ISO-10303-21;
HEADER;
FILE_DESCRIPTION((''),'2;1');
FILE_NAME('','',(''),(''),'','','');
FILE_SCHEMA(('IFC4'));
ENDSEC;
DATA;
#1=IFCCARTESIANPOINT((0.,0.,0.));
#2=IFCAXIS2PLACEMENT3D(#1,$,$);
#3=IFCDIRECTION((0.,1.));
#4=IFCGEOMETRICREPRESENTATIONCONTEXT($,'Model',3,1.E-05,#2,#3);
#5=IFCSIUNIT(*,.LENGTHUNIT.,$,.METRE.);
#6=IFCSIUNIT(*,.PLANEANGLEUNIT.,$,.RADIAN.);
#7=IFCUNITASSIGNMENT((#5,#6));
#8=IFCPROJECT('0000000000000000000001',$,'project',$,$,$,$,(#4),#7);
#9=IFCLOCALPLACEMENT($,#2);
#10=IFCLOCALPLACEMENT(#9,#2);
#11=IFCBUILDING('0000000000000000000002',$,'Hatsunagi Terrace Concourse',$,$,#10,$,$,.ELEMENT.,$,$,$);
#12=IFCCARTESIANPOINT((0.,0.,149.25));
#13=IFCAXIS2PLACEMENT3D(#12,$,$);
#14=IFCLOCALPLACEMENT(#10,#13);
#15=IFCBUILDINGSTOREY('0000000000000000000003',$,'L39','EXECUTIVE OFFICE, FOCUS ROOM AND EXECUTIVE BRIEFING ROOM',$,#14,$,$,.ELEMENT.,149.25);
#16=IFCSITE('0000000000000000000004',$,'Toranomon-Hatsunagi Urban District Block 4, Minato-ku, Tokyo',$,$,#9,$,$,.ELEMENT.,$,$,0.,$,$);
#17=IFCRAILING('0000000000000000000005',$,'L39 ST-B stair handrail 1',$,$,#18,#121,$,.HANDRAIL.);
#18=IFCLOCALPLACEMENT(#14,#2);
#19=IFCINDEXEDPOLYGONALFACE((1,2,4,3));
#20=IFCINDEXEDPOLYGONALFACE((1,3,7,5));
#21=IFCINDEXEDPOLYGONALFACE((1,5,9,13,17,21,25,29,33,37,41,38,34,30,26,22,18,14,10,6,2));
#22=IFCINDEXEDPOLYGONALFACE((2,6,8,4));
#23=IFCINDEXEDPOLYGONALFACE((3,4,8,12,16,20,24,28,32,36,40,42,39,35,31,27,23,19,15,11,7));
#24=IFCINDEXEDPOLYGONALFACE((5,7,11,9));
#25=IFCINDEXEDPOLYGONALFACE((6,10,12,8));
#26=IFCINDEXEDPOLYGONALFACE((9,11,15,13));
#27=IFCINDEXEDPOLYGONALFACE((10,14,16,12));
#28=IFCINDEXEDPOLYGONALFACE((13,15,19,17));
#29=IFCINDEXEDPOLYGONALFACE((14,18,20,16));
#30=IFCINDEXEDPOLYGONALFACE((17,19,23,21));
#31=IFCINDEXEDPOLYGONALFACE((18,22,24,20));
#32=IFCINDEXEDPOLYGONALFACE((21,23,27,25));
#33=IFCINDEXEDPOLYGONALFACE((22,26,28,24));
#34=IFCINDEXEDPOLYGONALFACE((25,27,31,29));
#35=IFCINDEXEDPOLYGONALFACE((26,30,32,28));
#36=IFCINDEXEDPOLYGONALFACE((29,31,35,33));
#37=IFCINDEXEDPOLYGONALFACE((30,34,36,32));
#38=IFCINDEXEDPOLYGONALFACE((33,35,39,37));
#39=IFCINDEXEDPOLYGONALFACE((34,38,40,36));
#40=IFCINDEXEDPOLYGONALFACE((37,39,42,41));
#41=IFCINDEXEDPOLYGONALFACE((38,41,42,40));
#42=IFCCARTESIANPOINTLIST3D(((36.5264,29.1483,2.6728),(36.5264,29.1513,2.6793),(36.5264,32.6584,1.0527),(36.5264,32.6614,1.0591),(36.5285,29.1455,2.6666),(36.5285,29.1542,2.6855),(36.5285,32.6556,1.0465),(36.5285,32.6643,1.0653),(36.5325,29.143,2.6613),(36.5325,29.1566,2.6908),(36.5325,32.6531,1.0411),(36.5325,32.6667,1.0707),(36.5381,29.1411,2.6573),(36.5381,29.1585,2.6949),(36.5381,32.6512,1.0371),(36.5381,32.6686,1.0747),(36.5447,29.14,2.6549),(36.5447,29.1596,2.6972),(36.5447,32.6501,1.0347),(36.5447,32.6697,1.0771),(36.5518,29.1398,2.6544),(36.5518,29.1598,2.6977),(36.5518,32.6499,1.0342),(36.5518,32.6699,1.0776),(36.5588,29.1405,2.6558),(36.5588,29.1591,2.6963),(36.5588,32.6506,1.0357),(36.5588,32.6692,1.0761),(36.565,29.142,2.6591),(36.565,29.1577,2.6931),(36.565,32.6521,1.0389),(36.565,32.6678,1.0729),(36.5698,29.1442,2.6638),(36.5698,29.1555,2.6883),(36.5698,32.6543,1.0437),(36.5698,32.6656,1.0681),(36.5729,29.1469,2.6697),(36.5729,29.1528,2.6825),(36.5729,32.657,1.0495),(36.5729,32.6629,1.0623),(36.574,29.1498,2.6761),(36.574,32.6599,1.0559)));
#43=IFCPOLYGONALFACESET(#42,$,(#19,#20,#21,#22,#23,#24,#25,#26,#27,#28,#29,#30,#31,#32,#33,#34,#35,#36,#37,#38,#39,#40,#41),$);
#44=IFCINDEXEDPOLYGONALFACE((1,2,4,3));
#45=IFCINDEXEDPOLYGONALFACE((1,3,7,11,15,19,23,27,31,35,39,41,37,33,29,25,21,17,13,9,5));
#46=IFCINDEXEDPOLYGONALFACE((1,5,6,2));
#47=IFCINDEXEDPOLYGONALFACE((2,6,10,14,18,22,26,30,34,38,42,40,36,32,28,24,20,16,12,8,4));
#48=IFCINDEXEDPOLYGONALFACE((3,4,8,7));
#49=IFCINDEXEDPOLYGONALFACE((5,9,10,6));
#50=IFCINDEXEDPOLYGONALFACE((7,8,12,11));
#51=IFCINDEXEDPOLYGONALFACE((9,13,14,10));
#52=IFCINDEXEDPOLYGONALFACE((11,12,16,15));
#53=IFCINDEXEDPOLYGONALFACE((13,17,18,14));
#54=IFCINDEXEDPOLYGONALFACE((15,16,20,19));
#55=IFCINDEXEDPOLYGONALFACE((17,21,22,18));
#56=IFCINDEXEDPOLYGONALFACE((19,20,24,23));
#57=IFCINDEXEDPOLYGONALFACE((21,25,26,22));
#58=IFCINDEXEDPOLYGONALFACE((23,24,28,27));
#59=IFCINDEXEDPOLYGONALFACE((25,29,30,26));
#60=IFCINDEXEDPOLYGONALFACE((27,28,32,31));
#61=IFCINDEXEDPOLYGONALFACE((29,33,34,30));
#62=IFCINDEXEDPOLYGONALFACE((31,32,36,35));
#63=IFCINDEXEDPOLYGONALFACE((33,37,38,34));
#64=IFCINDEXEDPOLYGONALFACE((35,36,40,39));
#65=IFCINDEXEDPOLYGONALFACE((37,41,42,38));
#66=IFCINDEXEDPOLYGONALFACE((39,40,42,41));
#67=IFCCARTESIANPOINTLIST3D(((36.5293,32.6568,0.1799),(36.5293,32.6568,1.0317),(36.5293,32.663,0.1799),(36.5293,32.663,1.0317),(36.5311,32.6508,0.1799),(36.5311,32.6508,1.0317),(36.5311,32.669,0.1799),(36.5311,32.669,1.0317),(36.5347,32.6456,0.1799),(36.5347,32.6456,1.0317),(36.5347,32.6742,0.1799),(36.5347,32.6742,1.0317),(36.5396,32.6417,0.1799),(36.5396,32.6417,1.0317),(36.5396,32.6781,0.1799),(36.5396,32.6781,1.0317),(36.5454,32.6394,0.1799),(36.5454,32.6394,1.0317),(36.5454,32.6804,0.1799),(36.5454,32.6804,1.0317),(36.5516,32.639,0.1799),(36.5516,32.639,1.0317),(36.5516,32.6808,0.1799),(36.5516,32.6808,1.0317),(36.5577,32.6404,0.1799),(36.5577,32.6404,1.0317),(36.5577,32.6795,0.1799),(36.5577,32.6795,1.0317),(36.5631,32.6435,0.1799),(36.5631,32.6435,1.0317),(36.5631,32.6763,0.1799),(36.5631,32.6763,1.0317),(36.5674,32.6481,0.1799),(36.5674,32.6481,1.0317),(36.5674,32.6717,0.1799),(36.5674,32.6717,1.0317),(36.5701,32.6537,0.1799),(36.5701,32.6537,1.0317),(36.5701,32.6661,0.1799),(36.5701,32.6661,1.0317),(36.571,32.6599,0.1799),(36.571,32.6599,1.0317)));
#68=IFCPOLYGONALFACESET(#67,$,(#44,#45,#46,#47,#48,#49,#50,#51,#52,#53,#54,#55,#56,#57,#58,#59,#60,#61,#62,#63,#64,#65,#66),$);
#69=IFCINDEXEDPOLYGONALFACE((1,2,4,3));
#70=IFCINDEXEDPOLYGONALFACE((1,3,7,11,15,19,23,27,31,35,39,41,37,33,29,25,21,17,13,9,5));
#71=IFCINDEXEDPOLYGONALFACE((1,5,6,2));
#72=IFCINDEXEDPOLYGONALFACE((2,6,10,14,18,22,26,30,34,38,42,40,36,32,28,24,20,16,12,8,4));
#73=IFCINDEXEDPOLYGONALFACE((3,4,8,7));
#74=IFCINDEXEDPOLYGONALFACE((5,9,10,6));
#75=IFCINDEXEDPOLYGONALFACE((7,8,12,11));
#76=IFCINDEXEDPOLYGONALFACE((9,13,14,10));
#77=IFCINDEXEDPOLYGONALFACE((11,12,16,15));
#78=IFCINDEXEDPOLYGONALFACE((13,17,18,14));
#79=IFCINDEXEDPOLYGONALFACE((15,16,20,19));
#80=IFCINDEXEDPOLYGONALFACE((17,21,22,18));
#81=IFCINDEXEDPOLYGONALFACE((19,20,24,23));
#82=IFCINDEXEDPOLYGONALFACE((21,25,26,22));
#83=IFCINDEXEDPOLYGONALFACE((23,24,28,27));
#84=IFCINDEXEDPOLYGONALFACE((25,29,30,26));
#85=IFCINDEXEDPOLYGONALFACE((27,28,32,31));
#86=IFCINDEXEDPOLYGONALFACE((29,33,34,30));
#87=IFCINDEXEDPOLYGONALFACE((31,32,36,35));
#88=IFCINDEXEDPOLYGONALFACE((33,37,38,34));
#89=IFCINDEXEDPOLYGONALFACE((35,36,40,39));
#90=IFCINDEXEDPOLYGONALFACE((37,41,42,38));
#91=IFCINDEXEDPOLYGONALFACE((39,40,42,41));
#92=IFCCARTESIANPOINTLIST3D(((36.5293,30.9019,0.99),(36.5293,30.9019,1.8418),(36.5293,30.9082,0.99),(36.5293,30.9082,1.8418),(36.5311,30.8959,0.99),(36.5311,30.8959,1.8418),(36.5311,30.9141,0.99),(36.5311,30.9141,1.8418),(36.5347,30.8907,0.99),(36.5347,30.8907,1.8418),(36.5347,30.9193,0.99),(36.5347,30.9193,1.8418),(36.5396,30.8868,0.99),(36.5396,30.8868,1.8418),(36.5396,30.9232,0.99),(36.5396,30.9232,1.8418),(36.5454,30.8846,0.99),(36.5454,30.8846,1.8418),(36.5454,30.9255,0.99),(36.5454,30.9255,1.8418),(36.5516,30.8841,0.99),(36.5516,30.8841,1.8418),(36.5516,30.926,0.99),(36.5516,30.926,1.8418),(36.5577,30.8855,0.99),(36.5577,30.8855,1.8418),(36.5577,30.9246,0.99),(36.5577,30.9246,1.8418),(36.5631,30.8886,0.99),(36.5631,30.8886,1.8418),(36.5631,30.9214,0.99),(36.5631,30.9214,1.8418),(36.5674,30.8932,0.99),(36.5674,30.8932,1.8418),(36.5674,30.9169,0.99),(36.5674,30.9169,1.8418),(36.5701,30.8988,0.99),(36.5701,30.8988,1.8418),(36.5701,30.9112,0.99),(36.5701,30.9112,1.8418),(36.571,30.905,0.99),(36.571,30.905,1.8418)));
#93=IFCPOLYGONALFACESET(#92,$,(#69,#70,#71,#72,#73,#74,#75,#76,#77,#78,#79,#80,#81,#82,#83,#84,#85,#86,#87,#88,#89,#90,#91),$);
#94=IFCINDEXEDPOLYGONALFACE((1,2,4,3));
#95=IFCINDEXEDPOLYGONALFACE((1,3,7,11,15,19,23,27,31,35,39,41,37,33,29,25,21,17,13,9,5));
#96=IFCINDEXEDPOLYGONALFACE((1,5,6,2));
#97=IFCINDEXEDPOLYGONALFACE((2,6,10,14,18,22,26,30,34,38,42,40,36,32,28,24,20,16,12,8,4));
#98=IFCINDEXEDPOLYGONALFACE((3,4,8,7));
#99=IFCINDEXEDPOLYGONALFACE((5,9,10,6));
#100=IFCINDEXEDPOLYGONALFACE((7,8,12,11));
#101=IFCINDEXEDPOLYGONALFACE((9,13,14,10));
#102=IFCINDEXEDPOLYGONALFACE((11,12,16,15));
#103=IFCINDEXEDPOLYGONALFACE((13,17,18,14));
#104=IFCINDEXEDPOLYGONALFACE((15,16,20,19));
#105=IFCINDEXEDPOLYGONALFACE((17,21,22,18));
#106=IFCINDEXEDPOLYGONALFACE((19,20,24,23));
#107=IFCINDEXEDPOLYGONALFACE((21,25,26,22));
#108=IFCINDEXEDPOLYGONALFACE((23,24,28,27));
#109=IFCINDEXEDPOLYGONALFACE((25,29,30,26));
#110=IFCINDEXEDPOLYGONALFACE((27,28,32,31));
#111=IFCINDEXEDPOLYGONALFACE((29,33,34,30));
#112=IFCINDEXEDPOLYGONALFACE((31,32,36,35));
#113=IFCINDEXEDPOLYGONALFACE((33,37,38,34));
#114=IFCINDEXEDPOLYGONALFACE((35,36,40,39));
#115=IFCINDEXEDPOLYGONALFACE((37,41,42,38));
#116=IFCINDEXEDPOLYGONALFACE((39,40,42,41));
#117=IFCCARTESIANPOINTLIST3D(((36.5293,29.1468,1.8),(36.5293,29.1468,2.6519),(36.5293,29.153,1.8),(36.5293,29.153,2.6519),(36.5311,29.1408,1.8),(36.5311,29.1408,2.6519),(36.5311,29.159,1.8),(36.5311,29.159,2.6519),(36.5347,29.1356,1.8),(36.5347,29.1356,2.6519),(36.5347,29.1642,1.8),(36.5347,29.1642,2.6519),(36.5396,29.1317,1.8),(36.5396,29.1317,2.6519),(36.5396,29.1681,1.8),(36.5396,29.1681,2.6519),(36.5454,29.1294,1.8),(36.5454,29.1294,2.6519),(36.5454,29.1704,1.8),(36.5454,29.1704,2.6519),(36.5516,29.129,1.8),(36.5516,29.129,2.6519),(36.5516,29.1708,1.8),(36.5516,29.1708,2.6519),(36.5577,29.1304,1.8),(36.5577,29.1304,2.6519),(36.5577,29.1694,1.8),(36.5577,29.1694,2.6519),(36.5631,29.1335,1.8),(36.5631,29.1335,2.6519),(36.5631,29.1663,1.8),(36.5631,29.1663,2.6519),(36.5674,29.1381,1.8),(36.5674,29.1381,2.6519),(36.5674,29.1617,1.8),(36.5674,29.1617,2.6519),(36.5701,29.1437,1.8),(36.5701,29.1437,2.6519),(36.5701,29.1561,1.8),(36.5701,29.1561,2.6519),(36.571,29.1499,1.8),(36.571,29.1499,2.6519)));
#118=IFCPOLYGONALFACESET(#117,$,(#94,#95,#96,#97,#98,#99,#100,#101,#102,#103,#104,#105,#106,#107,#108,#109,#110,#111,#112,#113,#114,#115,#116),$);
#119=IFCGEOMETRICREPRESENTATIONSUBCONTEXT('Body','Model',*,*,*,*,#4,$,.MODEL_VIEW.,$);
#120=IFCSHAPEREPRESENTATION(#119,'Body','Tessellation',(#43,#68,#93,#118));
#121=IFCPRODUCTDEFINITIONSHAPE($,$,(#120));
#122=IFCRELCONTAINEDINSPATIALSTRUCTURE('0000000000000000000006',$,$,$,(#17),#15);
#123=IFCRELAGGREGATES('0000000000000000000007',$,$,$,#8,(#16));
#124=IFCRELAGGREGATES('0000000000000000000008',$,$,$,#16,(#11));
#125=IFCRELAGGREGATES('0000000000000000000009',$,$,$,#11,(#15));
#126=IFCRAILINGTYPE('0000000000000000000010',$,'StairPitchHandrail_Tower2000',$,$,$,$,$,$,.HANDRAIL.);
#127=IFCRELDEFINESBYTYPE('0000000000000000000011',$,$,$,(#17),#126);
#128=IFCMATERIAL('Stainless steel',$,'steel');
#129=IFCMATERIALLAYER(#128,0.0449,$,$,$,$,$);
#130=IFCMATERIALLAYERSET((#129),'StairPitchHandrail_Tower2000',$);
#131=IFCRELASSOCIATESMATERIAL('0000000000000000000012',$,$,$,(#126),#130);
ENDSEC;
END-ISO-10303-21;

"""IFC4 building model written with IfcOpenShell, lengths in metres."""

from ifc_helpers import new_model, si_unit, direction, frame, origin, origin_2d, place, context, subcontext, project, spatial, circle, extrude, material, layer, layer_set, type_object, element, save


model = new_model("IFC4")

# Units and contexts
model_context = context("Model", 3, precision=1e-05, world=origin(), true_north=direction((0.0, 1.0)))
body_context = subcontext(model_context, "Body", "Model", "MODEL_VIEW")
ifc_project = project(units=[si_unit("LENGTHUNIT", "METRE"), si_unit("PLANEANGLEUNIT", "RADIAN")], contexts=[model_context])

# Site, building, storey
site_placement = place(None, origin())
site = spatial("IfcSite", under=ifc_project, at=site_placement, Name="Toranomon-Hatsunagi Urban District Block 4, Minato-ku, Tokyo", CompositionType="ELEMENT", RefElevation=0.0)
building_placement = place(site_placement, origin())
building = spatial("IfcBuilding", under=site, at=building_placement, Name="Hatsunagi Terrace Concourse", CompositionType="ELEMENT")
storey_placement = place(building_placement, frame((0.0, 0.0, 149.25)))
storey = spatial("IfcBuildingStorey", under=building, at=storey_placement, Name="L39", Description="EXECUTIVE OFFICE, FOCUS ROOM AND EXECUTIVE BRIEFING ROOM", CompositionType="ELEMENT", Elevation=149.25)

# Railing
ifc_material_1 = material(Name="Stainless steel", Category="steel")
ifc_layer_1 = layer(ifc_material_1, 0.0449)
ifc_layer_set_1 = layer_set([ifc_layer_1], Name="StairPitchHandrail_Tower2000")
railing_type_1 = type_object("IfcRailingType", Name="StairPitchHandrail_Tower2000", PredefinedType="HANDRAIL", material=ifc_layer_set_1)
railing_1_placement = place(storey_placement, frame((36.55, 32.6599, 0.1799)))
element("IfcRailing", 1, at=railing_1_placement, inside=storey, type_object=railing_type_1, Name="L39 ST-B stair handrail 1", PredefinedType="HANDRAIL", context=body_context, shape_type="SweptSolid", body=[
    extrude(circle(Radius=0.0239, at=origin_2d()), frame((0.0, 0.0, 0.876), z_axis=(0.0, -0.907948, 0.419082), x_axis=(1.0, 0.0, 0.0)), (0.0, 0.0, 1.0), 3.866),
    extrude(circle(Radius=0.021, at=origin_2d()), origin(), (0.0, 0.0, 1.0), 0.8518),
    extrude(circle(Radius=0.021, at=origin_2d()), frame((0.0, -1.7549, 0.8101)), (0.0, 0.0, 1.0), 0.8518),
    extrude(circle(Radius=0.021, at=origin_2d()), frame((0.0, -3.51, 1.6201)), (0.0, 0.0, 1.0), 0.8518),
])

save(model, "model.ifc")
